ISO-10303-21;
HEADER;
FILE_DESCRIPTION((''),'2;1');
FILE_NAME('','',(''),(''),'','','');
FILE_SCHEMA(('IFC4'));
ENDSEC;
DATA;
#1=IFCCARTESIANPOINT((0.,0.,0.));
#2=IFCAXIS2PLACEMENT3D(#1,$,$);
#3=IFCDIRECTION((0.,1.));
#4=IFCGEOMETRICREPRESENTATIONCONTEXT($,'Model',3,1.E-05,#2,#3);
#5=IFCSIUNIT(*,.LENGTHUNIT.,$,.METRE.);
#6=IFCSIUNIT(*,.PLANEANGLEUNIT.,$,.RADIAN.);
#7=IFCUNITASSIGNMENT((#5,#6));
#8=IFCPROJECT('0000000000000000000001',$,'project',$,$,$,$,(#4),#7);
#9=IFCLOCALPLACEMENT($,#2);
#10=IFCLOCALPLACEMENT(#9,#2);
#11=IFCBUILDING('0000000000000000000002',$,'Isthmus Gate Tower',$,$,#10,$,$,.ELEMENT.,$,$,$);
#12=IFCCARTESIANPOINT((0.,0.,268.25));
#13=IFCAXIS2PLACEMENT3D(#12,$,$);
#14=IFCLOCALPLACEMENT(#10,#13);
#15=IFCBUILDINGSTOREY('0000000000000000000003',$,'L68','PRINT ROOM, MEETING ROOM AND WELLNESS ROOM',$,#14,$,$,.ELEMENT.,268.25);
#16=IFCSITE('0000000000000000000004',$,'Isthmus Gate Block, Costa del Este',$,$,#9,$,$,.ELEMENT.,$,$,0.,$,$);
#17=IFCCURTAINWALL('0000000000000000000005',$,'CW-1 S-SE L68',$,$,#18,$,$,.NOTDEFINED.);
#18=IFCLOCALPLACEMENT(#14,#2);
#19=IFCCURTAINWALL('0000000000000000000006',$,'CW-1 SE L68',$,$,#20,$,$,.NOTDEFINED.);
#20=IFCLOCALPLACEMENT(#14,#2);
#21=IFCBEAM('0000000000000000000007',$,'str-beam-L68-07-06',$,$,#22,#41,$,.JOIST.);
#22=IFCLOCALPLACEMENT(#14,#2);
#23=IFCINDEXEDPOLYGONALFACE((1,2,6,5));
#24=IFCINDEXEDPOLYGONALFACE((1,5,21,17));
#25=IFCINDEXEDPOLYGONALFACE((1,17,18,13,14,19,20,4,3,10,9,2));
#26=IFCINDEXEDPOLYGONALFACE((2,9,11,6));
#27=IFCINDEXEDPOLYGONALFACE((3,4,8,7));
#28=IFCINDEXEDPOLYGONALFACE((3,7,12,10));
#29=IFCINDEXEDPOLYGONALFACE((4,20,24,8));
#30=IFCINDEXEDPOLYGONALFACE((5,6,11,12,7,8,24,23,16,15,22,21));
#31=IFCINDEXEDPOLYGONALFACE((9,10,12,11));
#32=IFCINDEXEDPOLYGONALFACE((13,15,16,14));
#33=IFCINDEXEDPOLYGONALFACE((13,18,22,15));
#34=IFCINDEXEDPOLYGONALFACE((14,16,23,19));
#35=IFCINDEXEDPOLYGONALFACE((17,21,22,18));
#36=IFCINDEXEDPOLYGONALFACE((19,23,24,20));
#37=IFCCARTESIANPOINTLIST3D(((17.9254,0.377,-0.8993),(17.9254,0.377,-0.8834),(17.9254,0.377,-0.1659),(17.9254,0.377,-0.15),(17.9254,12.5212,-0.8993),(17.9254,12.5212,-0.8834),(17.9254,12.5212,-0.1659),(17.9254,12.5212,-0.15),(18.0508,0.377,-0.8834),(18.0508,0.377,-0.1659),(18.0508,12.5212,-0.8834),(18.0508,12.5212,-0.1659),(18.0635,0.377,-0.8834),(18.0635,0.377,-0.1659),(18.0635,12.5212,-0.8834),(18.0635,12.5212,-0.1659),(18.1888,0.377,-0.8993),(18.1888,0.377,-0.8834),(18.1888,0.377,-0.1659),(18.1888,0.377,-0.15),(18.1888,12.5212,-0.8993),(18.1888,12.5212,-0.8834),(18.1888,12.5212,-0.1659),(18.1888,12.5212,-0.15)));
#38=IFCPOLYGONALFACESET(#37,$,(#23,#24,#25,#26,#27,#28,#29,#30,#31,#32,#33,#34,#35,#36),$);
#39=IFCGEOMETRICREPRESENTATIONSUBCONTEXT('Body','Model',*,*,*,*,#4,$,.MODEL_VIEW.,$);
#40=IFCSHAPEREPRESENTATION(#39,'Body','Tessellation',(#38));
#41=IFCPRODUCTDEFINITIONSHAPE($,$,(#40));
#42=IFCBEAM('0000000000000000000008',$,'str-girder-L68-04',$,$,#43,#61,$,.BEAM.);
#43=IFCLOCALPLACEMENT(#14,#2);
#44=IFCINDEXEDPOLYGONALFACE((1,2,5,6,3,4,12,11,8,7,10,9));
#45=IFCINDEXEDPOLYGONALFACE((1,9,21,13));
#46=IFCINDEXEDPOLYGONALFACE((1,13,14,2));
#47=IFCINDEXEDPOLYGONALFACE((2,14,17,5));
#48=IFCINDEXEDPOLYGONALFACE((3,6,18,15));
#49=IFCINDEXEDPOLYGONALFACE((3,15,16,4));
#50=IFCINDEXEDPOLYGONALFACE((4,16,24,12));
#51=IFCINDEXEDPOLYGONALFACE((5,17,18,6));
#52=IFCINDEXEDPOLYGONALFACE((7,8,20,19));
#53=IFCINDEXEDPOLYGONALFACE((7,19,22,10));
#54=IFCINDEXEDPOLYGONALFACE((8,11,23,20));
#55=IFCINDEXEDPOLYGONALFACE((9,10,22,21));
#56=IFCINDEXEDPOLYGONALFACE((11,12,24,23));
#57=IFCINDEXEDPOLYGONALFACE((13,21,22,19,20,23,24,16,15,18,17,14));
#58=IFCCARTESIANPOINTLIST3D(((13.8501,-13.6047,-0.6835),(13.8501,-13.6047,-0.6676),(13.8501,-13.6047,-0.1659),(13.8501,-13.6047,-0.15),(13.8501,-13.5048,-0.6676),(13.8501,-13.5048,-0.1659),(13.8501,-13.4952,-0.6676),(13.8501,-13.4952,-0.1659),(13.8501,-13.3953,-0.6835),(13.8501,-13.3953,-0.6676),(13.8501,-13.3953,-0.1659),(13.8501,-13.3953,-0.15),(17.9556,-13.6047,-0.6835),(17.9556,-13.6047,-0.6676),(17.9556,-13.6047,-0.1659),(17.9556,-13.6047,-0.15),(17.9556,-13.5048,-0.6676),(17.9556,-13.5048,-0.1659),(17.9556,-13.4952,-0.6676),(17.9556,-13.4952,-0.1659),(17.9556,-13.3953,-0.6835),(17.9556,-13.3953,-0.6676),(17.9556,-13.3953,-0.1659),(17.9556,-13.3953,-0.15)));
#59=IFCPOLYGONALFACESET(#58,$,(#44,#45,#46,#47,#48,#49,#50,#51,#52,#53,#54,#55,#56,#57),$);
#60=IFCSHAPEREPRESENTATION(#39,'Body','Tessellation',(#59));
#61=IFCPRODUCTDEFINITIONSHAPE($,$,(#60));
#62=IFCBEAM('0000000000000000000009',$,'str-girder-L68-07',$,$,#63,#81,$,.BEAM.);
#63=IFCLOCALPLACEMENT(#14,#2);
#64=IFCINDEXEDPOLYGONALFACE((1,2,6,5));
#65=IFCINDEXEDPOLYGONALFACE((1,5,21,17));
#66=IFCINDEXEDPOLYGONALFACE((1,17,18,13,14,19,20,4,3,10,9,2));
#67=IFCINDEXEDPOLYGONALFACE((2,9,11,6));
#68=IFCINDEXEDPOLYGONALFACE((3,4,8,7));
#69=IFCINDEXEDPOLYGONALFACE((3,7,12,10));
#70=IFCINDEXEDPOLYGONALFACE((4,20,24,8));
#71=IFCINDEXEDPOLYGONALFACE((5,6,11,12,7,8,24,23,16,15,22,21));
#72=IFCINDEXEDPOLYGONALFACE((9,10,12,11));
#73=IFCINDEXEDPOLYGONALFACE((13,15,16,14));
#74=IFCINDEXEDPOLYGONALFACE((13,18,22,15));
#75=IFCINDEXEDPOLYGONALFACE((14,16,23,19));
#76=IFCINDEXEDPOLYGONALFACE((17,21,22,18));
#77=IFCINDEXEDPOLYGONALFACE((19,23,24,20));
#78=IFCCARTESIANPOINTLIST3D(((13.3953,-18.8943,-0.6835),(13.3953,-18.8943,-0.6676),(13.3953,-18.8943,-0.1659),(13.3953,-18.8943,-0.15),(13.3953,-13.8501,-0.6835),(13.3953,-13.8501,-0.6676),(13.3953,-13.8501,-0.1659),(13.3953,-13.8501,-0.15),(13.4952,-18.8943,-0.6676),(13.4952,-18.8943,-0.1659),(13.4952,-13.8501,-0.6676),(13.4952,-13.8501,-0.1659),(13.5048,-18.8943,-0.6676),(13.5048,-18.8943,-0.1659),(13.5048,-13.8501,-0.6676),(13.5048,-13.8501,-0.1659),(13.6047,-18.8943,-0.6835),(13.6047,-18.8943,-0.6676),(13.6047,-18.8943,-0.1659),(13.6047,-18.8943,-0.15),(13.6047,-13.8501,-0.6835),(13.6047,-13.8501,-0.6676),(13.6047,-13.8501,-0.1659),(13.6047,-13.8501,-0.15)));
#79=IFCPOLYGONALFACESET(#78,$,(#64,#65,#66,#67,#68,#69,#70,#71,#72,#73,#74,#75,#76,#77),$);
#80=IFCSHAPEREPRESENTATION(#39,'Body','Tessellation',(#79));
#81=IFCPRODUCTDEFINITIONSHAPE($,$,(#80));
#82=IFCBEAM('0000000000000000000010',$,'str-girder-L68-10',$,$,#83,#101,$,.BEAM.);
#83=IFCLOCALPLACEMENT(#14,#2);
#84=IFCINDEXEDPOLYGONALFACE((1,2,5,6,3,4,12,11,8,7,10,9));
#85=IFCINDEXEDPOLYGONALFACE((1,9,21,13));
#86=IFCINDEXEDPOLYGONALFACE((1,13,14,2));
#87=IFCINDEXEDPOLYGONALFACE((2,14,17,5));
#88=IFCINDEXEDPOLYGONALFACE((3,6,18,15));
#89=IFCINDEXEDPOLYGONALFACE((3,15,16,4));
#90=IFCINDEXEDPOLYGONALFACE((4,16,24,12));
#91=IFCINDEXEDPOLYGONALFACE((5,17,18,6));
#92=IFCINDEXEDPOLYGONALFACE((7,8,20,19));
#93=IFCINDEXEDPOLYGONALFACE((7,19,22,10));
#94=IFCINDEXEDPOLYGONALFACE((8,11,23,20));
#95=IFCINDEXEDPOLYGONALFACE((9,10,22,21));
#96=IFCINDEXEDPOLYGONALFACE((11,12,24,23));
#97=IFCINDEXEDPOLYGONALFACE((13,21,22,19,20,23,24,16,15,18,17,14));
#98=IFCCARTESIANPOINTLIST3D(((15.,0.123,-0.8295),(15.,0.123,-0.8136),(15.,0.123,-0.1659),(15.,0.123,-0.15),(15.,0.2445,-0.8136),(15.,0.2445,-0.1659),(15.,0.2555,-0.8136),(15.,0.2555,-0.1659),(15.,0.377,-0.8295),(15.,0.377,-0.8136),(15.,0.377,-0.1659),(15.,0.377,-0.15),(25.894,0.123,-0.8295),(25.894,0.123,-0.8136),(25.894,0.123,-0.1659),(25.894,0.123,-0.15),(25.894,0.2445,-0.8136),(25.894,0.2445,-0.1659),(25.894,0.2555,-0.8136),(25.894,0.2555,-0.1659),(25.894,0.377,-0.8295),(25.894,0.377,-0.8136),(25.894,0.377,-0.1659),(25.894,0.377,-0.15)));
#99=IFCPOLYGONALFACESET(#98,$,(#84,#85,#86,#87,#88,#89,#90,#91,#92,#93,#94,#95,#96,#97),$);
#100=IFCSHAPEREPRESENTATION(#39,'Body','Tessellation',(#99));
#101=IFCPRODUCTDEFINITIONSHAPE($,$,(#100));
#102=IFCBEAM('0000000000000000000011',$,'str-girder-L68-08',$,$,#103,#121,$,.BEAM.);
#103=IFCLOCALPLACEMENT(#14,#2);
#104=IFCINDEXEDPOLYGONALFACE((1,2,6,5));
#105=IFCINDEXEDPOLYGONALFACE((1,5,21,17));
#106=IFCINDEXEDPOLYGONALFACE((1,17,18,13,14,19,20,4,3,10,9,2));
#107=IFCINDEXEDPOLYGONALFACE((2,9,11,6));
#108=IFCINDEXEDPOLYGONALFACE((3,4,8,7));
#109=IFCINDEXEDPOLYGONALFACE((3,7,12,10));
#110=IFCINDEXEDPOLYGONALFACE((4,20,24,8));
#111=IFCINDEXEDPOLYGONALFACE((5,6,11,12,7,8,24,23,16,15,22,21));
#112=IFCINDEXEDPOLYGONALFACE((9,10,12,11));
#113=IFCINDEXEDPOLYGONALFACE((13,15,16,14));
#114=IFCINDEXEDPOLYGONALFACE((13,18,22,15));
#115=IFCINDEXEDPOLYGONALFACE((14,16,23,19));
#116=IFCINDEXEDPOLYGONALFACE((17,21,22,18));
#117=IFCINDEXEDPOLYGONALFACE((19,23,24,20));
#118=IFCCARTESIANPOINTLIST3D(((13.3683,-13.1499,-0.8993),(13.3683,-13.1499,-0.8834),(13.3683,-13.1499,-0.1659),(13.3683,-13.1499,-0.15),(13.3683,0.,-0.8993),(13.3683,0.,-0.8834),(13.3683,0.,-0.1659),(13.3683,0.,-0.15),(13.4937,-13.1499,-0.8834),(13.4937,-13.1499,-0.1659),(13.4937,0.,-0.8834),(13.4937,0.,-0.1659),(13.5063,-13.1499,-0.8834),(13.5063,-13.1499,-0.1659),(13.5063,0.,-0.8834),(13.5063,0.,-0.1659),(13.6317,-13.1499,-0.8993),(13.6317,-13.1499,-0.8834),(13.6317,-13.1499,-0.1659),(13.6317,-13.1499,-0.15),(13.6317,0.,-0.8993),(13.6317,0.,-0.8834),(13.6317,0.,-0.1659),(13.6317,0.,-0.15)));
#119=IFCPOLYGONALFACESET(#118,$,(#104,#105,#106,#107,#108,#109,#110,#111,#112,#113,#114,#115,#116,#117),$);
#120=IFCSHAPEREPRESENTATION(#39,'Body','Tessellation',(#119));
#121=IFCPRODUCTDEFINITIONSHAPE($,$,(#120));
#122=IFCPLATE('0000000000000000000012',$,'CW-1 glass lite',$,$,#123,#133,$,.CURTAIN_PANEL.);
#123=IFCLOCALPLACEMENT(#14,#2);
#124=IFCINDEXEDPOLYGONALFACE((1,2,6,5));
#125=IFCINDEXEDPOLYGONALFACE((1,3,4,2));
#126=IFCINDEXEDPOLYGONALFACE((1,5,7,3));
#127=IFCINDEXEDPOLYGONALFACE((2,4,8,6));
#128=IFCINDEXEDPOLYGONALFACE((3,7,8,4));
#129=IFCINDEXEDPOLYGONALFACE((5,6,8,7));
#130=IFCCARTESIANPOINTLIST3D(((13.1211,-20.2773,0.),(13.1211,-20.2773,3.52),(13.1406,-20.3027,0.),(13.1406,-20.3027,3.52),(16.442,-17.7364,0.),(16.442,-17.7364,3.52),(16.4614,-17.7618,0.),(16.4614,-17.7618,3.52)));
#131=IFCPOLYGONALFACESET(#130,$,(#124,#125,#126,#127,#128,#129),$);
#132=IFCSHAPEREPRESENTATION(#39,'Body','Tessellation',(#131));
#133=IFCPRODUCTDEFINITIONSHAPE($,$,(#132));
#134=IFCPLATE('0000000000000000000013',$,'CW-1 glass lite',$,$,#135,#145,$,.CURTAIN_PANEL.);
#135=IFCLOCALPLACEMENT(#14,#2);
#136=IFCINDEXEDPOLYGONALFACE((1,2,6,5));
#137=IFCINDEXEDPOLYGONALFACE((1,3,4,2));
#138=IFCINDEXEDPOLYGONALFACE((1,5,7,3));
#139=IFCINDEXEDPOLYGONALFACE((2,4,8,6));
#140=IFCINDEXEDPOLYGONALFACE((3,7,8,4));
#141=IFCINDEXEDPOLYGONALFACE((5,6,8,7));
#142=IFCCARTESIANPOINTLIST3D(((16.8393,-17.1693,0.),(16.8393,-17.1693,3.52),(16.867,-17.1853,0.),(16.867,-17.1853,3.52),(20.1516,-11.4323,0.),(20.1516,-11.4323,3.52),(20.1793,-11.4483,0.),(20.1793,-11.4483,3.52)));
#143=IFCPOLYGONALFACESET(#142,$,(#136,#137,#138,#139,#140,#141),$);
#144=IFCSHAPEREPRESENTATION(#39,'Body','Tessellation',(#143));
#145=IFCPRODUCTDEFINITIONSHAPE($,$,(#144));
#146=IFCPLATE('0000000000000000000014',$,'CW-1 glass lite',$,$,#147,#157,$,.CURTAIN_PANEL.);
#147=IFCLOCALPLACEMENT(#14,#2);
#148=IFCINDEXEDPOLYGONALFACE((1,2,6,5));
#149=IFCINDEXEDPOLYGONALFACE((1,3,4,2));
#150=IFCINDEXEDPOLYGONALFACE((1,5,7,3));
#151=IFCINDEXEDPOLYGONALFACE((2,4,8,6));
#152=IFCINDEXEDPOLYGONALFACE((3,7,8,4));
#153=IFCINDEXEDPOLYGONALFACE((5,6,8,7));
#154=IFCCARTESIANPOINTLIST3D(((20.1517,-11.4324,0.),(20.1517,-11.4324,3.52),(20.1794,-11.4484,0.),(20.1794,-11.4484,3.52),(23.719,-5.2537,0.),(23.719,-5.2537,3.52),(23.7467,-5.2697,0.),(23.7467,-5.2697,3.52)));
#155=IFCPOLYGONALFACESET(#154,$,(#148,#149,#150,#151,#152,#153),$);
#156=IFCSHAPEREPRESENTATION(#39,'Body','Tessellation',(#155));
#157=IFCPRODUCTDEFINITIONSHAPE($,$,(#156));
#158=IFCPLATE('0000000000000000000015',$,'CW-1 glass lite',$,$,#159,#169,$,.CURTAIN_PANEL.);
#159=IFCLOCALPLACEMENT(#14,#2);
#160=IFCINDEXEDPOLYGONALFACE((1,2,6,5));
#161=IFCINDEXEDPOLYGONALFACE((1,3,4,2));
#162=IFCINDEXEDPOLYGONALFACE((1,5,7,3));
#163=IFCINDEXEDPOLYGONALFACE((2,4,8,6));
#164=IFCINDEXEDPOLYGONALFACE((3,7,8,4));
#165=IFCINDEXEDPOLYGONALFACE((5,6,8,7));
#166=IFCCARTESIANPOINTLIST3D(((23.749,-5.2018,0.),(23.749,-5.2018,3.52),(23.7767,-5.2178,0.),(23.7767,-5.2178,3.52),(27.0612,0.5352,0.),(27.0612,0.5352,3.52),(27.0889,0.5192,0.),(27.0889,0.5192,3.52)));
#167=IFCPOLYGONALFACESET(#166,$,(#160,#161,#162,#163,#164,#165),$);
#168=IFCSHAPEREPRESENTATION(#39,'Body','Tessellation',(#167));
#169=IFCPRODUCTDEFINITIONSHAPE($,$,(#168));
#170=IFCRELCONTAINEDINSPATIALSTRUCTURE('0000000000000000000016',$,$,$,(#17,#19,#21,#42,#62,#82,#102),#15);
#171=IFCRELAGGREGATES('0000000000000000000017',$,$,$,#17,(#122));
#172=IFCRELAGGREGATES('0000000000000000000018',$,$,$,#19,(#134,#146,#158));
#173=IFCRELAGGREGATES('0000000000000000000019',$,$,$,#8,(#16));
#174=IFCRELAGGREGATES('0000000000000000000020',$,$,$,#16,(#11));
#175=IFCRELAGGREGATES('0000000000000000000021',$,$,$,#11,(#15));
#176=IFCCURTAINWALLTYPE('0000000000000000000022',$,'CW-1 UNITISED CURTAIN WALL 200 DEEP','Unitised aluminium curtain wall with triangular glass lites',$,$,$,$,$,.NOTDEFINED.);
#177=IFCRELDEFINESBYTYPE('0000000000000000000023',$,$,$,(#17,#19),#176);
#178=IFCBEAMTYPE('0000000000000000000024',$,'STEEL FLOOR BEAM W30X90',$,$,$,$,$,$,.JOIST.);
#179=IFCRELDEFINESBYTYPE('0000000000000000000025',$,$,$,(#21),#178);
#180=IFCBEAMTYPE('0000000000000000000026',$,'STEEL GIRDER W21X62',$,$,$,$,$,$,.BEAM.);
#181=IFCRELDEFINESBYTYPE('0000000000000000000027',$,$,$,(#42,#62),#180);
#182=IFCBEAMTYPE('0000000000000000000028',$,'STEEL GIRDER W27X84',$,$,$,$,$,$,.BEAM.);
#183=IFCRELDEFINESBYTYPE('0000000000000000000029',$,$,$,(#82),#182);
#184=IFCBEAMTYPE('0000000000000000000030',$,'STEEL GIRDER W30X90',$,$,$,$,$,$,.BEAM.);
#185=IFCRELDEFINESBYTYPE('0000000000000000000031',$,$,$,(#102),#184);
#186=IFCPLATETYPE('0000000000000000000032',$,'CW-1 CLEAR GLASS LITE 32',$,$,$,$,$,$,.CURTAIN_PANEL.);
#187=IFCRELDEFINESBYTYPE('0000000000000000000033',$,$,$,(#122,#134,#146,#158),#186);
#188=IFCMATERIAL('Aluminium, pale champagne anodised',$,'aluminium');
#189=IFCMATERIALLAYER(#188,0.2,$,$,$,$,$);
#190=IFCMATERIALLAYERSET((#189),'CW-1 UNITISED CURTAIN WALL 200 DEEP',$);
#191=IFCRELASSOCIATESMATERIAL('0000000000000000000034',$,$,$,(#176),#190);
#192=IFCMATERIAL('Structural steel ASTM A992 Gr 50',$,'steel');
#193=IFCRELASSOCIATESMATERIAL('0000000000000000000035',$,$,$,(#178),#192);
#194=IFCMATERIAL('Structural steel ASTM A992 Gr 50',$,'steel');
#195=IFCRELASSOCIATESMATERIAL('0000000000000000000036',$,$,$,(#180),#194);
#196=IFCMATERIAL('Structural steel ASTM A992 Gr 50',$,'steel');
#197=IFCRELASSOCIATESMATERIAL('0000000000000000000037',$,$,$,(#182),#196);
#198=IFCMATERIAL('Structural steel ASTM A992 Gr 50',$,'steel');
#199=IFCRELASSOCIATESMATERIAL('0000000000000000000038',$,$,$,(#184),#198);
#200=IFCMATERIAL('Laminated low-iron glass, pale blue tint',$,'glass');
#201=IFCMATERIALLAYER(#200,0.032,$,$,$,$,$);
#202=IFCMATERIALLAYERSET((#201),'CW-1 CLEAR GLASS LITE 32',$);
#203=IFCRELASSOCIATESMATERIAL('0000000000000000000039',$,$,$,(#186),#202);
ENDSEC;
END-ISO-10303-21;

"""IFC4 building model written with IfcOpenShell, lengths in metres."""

from ifc_helpers import new_model, si_unit, direction, frame, origin, origin_2d, place, context, subcontext, project, spatial, rectangle, i_section, extrude, material, layer, layer_set, material_profile, profile_set, type_object, element, aggregate, save


model = new_model("IFC4")

# Units and contexts
model_context = context("Model", 3, precision=1e-05, world=origin(), true_north=direction((0.0, 1.0)))
body_context = subcontext(model_context, "Body", "Model", "MODEL_VIEW")
ifc_project = project(units=[si_unit("LENGTHUNIT", "METRE"), si_unit("PLANEANGLEUNIT", "RADIAN")], contexts=[model_context])

# Site, building, storey
site_placement = place(None, origin())
site = spatial("IfcSite", under=ifc_project, at=site_placement, Name="Isthmus Gate Block, Costa del Este", CompositionType="ELEMENT", RefElevation=0.0)
building_placement = place(site_placement, origin())
building = spatial("IfcBuilding", under=site, at=building_placement, Name="Isthmus Gate Tower", CompositionType="ELEMENT")
storey_placement = place(building_placement, frame((0.0, 0.0, 268.25)))
storey = spatial("IfcBuildingStorey", under=building, at=storey_placement, Name="L68", Description="PRINT ROOM, MEETING ROOM AND WELLNESS ROOM", CompositionType="ELEMENT", Elevation=268.25)

# Curtain wall
ifc_material_1 = material(Name="Aluminium, pale champagne anodised", Category="aluminium")
ifc_layer_1 = layer(ifc_material_1, 0.2)
ifc_layer_set_1 = layer_set([ifc_layer_1], Name="CW-1 UNITISED CURTAIN WALL 200 DEEP")
curtain_wall_type = type_object("IfcCurtainWallType", Name="CW-1 UNITISED CURTAIN WALL 200 DEEP", Description="Unitised aluminium curtain wall with triangular glass lites", PredefinedType="NOTDEFINED", material=ifc_layer_set_1)
curtain_wall_1_placement = place(storey_placement, origin())
curtain_wall_1 = element("IfcCurtainWall", 1, at=curtain_wall_1_placement, inside=storey, type_object=curtain_wall_type, Name="CW-1 S-SE L68", PredefinedType="NOTDEFINED")

# Curtain wall
curtain_wall_2_placement = place(storey_placement, origin())
curtain_wall_2 = element("IfcCurtainWall", 2, at=curtain_wall_2_placement, inside=storey, type_object=curtain_wall_type, Name="CW-1 SE L68", PredefinedType="NOTDEFINED")

# Beams
ifc_material_2 = material(Name="Structural steel ASTM A992 Gr 50", Category="steel")
ifc_material_profile_1 = material_profile(ifc_material_2, i_section(OverallWidth=0.2634, OverallDepth=0.7493, WebThickness=0.0127, FlangeThickness=0.0159, at=origin_2d()), Name="W30X90")
ifc_profile_set_1 = profile_set([ifc_material_profile_1], Name="Structural steel ASTM A992 Gr 50")
beam_type_1 = type_object("IfcBeamType", Name="STEEL FLOOR BEAM W30X90", PredefinedType="JOIST", material=ifc_profile_set_1)
beam_1_placement = place(storey_placement, frame((18.0571, 0.377, -0.5247), z_axis=(0.0, 1.0, 0.0), x_axis=(-1.0, 0.0, 0.0)))
element("IfcBeam", 3, at=beam_1_placement, inside=storey, type_object=beam_type_1, Name="str-beam-L68-07-06", PredefinedType="JOIST", context=body_context, shape_type="SweptSolid", body=[
    extrude(i_section(OverallWidth=0.2634, OverallDepth=0.7493, WebThickness=0.0127, FlangeThickness=0.0159, at=origin_2d()), origin(), (0.0, 0.0, 1.0), 12.1443),
])
ifc_material_3 = material(Name="Structural steel ASTM A992 Gr 50", Category="steel")
ifc_material_profile_2 = material_profile(ifc_material_3, i_section(OverallWidth=0.2095, OverallDepth=0.5334, WebThickness=0.0095, FlangeThickness=0.0159, at=origin_2d()), Name="W21X62")
ifc_profile_set_2 = profile_set([ifc_material_profile_2], Name="Structural steel ASTM A992 Gr 50")
beam_type_2 = type_object("IfcBeamType", Name="STEEL GIRDER W21X62", PredefinedType="BEAM", material=ifc_profile_set_2)
beam_2_placement = place(storey_placement, frame((13.8501, -13.5, -0.4167), z_axis=(1.0, 0.0, 0.0), x_axis=(0.0, 1.0, 0.0)))
element("IfcBeam", 4, at=beam_2_placement, inside=storey, type_object=beam_type_2, Name="str-girder-L68-04", PredefinedType="BEAM", context=body_context, shape_type="SweptSolid", body=[
    extrude(i_section(OverallWidth=0.2095, OverallDepth=0.5334, WebThickness=0.0095, FlangeThickness=0.0159, at=origin_2d()), origin(), (0.0, 0.0, 1.0), 4.1055),
])
beam_3_placement = place(storey_placement, frame((13.5, -18.8943, -0.4167), z_axis=(0.0, 1.0, 0.0), x_axis=(-1.0, 0.0, 0.0)))
element("IfcBeam", 5, at=beam_3_placement, inside=storey, type_object=beam_type_2, Name="str-girder-L68-07", PredefinedType="BEAM", context=body_context, shape_type="SweptSolid", body=[
    extrude(i_section(OverallWidth=0.2095, OverallDepth=0.5334, WebThickness=0.0095, FlangeThickness=0.0159, at=origin_2d()), origin(), (0.0, 0.0, 1.0), 5.0442),
])
ifc_material_4 = material(Name="Structural steel ASTM A992 Gr 50", Category="steel")
ifc_material_profile_3 = material_profile(ifc_material_4, i_section(OverallWidth=0.2539, OverallDepth=0.6794, WebThickness=0.011, FlangeThickness=0.0159, at=origin_2d()), Name="W27X84")
ifc_profile_set_3 = profile_set([ifc_material_profile_3], Name="Structural steel ASTM A992 Gr 50")
beam_type_3 = type_object("IfcBeamType", Name="STEEL GIRDER W27X84", PredefinedType="BEAM", material=ifc_profile_set_3)
beam_4_placement = place(storey_placement, frame((15.0, 0.25, -0.4897), z_axis=(1.0, 0.0, 0.0), x_axis=(0.0, 1.0, 0.0)))
element("IfcBeam", 6, at=beam_4_placement, inside=storey, type_object=beam_type_3, Name="str-girder-L68-10", PredefinedType="BEAM", context=body_context, shape_type="SweptSolid", body=[
    extrude(i_section(OverallWidth=0.2539, OverallDepth=0.6794, WebThickness=0.011, FlangeThickness=0.0159, at=origin_2d()), origin(), (0.0, 0.0, 1.0), 10.894),
])
ifc_material_5 = material(Name="Structural steel ASTM A992 Gr 50", Category="steel")
ifc_material_profile_4 = material_profile(ifc_material_5, i_section(OverallWidth=0.2634, OverallDepth=0.7493, WebThickness=0.0127, FlangeThickness=0.0159, at=origin_2d()), Name="W30X90")
ifc_profile_set_4 = profile_set([ifc_material_profile_4], Name="Structural steel ASTM A992 Gr 50")
beam_type_4 = type_object("IfcBeamType", Name="STEEL GIRDER W30X90", PredefinedType="BEAM", material=ifc_profile_set_4)
beam_5_placement = place(storey_placement, frame((13.5, -13.1499, -0.5247), z_axis=(0.0, 1.0, 0.0), x_axis=(-1.0, 0.0, 0.0)))
element("IfcBeam", 7, at=beam_5_placement, inside=storey, type_object=beam_type_4, Name="str-girder-L68-08", PredefinedType="BEAM", context=body_context, shape_type="SweptSolid", body=[
    extrude(i_section(OverallWidth=0.2634, OverallDepth=0.7493, WebThickness=0.0127, FlangeThickness=0.0159, at=origin_2d()), origin(), (0.0, 0.0, 1.0), 13.1499),
])

# Plates
ifc_material_6 = material(Name="Laminated low-iron glass, pale blue tint", Category="glass")
ifc_layer_2 = layer(ifc_material_6, 0.032)
ifc_layer_set_2 = layer_set([ifc_layer_2], Name="CW-1 CLEAR GLASS LITE 32")
plate_type = type_object("IfcPlateType", Name="CW-1 CLEAR GLASS LITE 32", PredefinedType="CURTAIN_PANEL", material=ifc_layer_set_2)
plate_1_placement = place(storey_placement, frame((14.7913, -19.0195, 0.0), z_axis=(0.0, 0.0, 1.0), x_axis=(0.794189, 0.607671, 0.0)))
plate_1 = element("IfcPlate", 8, at=plate_1_placement, type_object=plate_type, Name="CW-1 glass lite", PredefinedType="CURTAIN_PANEL", context=body_context, shape_type="SweptSolid", body=[
    extrude(rectangle(XDim=4.1814, YDim=0.032, at=origin_2d()), origin(), (0.0, 0.0, 1.0), 3.52),
])
aggregate(curtain_wall_1, [plate_1])
plate_2_placement = place(storey_placement, frame((18.5093, -14.3088, 0.0), z_axis=(0.0, 0.0, 1.0), x_axis=(0.5, 0.866025, 0.0)))
plate_2 = element("IfcPlate", 9, at=plate_2_placement, type_object=plate_type, Name="CW-1 glass lite", PredefinedType="CURTAIN_PANEL", context=body_context, shape_type="SweptSolid", body=[
    extrude(rectangle(XDim=6.6245, YDim=0.032, at=origin_2d()), origin(), (0.0, 0.0, 1.0), 3.52),
])
plate_3_placement = place(storey_placement, frame((21.9492, -8.3511, 0.0), z_axis=(0.0, 0.0, 1.0), x_axis=(0.5, 0.866025, 0.0)))
plate_3 = element("IfcPlate", 10, at=plate_3_placement, type_object=plate_type, Name="CW-1 glass lite", PredefinedType="CURTAIN_PANEL", context=body_context, shape_type="SweptSolid", body=[
    extrude(rectangle(XDim=7.1345, YDim=0.032, at=origin_2d()), origin(), (0.0, 0.0, 1.0), 3.52),
])
plate_4_placement = place(storey_placement, frame((25.4189, -2.3413, 0.0), z_axis=(0.0, 0.0, 1.0), x_axis=(0.5, 0.866025, 0.0)))
plate_4 = element("IfcPlate", 11, at=plate_4_placement, type_object=plate_type, Name="CW-1 glass lite", PredefinedType="CURTAIN_PANEL", context=body_context, shape_type="SweptSolid", body=[
    extrude(rectangle(XDim=6.6245, YDim=0.032, at=origin_2d()), origin(), (0.0, 0.0, 1.0), 3.52),
])
aggregate(curtain_wall_2, [plate_2, plate_3, plate_4])

save(model, "model.ifc")
